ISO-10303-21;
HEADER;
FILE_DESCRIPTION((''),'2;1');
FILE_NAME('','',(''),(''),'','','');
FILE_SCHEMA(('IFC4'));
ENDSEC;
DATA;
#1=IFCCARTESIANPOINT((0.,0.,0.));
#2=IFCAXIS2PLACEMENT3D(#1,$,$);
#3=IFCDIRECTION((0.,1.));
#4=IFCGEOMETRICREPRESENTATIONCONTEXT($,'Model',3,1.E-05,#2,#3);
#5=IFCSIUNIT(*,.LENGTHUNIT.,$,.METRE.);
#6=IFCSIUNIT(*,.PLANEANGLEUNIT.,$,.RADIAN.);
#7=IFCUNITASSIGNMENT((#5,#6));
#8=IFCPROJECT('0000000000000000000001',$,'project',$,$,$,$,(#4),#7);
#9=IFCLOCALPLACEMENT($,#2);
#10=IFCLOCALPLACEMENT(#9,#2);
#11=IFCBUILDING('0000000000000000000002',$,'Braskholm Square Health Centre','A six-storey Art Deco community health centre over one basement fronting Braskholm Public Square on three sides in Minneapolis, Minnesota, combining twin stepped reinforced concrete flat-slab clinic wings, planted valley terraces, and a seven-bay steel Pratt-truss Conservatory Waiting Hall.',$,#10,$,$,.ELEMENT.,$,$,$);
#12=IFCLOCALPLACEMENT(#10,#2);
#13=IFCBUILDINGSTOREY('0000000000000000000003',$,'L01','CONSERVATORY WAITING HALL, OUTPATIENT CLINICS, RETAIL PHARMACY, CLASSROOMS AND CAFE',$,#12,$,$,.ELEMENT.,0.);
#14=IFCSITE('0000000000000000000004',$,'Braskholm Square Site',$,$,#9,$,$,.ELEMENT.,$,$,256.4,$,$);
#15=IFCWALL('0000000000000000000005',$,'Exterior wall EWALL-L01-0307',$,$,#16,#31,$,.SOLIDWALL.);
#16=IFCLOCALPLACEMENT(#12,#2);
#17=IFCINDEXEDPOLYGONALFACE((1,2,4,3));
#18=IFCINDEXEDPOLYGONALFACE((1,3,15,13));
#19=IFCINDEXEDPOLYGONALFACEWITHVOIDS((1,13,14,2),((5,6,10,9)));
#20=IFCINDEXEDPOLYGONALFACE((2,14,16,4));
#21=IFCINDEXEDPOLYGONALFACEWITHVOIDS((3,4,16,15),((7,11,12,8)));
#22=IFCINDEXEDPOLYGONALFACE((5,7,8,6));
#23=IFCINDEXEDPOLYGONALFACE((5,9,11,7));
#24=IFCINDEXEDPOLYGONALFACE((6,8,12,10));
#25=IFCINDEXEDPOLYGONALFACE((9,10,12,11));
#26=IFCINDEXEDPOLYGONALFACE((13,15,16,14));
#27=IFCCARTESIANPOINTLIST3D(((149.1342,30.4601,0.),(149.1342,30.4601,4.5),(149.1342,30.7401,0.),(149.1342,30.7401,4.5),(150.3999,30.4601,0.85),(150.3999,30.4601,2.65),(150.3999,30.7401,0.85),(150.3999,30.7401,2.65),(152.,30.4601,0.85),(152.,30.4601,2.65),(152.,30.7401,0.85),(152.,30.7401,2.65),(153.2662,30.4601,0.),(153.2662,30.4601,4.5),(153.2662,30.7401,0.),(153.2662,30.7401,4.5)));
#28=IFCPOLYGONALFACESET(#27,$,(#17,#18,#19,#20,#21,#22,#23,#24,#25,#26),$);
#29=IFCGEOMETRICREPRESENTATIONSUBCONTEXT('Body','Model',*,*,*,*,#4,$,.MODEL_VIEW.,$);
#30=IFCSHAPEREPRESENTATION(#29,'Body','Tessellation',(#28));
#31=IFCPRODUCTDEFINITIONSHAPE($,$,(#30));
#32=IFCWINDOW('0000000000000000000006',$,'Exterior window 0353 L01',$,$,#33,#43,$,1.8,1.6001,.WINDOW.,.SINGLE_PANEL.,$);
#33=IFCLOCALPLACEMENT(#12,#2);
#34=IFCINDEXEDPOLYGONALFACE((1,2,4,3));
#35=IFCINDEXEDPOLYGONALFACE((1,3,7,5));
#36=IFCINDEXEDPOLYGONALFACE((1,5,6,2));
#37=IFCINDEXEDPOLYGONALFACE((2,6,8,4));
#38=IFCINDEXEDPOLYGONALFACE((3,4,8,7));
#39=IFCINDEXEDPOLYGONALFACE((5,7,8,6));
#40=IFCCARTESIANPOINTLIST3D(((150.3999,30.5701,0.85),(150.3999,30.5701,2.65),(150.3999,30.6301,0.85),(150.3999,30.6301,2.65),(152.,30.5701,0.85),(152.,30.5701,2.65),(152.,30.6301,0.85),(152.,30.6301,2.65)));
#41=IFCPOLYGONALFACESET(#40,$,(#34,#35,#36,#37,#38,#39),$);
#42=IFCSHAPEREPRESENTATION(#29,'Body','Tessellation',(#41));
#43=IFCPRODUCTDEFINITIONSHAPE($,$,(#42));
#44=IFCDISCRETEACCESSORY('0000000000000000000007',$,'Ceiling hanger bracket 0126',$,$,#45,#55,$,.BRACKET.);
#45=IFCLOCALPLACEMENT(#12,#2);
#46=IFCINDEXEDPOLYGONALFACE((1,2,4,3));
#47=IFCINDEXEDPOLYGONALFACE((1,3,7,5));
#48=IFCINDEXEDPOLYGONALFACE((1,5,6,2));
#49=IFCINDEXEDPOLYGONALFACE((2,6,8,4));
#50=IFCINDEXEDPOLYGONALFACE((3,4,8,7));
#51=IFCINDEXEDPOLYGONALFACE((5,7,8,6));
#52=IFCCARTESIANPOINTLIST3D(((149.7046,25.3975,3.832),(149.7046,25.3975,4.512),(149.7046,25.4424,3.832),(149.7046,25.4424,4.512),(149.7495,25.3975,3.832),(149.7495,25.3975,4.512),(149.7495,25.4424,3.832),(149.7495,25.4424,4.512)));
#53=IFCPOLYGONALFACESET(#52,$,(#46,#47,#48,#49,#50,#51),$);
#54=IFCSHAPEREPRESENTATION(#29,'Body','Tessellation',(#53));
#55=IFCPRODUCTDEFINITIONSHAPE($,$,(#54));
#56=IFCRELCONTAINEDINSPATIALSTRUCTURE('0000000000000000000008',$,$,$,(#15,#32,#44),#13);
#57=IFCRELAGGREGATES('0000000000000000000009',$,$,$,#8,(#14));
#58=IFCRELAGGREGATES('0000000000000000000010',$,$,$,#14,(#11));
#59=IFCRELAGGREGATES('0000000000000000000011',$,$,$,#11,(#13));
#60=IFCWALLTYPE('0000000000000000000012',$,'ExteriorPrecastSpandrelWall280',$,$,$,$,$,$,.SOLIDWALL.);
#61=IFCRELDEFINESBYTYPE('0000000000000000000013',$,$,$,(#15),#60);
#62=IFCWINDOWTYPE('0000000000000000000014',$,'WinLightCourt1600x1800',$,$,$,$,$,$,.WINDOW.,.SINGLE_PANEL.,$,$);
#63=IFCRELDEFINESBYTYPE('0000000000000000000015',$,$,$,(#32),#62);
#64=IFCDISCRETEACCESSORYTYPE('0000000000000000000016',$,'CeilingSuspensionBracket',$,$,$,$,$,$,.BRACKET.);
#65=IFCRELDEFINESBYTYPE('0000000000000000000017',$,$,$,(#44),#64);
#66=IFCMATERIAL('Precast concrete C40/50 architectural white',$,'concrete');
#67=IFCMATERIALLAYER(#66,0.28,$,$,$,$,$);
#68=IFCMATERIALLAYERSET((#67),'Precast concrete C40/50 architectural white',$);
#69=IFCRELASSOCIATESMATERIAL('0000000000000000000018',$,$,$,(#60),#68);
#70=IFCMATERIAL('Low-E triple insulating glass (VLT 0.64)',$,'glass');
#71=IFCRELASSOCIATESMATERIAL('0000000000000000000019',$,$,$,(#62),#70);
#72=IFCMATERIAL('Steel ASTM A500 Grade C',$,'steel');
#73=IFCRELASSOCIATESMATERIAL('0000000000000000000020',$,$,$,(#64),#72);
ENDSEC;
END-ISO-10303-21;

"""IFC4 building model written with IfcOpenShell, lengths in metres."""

from ifc_helpers import new_model, si_unit, direction, frame, frame_2d, origin, origin_with_axes, origin_2d, place, context, subcontext, project, spatial, rectangle, extrude, material, layer, layer_set, type_object, element, fill, save


model = new_model("IFC4")

# Units and contexts
model_context = context("Model", 3, precision=1e-05, world=origin(), true_north=direction((0.0, 1.0)))
body_context = subcontext(model_context, "Body", "Model", "MODEL_VIEW")
ifc_project = project(units=[si_unit("LENGTHUNIT", "METRE"), si_unit("PLANEANGLEUNIT", "RADIAN")], contexts=[model_context])

# Site, building, storey
site_placement = place(None, origin())
site = spatial("IfcSite", under=ifc_project, at=site_placement, Name="Braskholm Square Site", CompositionType="ELEMENT", RefElevation=256.4)
building_placement = place(site_placement, origin())
building = spatial("IfcBuilding", under=site, at=building_placement, Name="Braskholm Square Health Centre", Description="A six-storey Art Deco community health centre over one basement fronting Braskholm Public Square on three sides in Minneapolis, Minnesota, combining twin stepped reinforced concrete flat-slab clinic wings, planted valley terraces, and a seven-bay steel Pratt-truss Conservatory Waiting Hall.", CompositionType="ELEMENT")
storey_placement = place(building_placement, origin())
storey = spatial("IfcBuildingStorey", under=building, at=storey_placement, Name="L01", Description="CONSERVATORY WAITING HALL, OUTPATIENT CLINICS, RETAIL PHARMACY, CLASSROOMS AND CAFE", CompositionType="ELEMENT", Elevation=0.0)

# Shared definitions
ifc_material_1 = material(Name="Precast concrete C40/50 architectural white", Category="concrete")

# Shared definitions
ifc_material_2 = material(Name="Low-E triple insulating glass (VLT 0.64)", Category="glass")

# Wall, opening, window
ifc_layer_1 = layer(ifc_material_1, 0.28)
ifc_layer_set_1 = layer_set([ifc_layer_1], Name="Precast concrete C40/50 architectural white")
wall_type_1 = type_object("IfcWallType", Name="ExteriorPrecastSpandrelWall280", PredefinedType="SOLIDWALL", material=ifc_layer_set_1)
wall_1_placement = place(storey_placement, frame((153.2661, 30.6001, 0.0), z_axis=(0.0, 0.0, 1.0), x_axis=(-1.0, 0.0, 0.0)))
wall_1 = element("IfcWall", 1, at=wall_1_placement, inside=storey, type_object=wall_type_1, Name="Exterior wall EWALL-L01-0307", PredefinedType="SOLIDWALL", context=body_context, shape_type="SweptSolid", body=[
    extrude(rectangle(XDim=4.1321, YDim=0.28, at=frame_2d((2.0659, 0.0))), origin(), (0.0, 0.0, 1.0), 4.5),
])
opening_1_placement = place(wall_1_placement, frame((1.2661, 0.0, 0.8501)))
opening_1 = element("IfcOpeningElement", 2, at=opening_1_placement, cuts=wall_1, PredefinedType="OPENING", context=body_context, shape_type="SweptSolid", body=[
    extrude(rectangle(XDim=1.6001, YDim=1.8, at=frame_2d((0.8, 0.8999))), frame((0.0, 0.1499, 0.0), z_axis=(0.0, -1.0, 0.0), x_axis=(1.0, 0.0, 0.0)), (0.0, 0.0, 1.0), 0.3),
])
window_type = type_object("IfcWindowType", Name="WinLightCourt1600x1800", PartitioningType="SINGLE_PANEL", PredefinedType="WINDOW", material=ifc_material_2)
window_placement = place(opening_1_placement, origin_with_axes())
window = element("IfcWindow", 3, at=window_placement, inside=storey, type_object=window_type, Name="Exterior window 0353 L01", OverallHeight=1.8, OverallWidth=1.6001, PartitioningType="SINGLE_PANEL", PredefinedType="WINDOW", context=body_context, shape_type="SweptSolid", body=[
    extrude(rectangle(XDim=1.6001, YDim=1.8, at=frame_2d((0.8, 0.8999))), frame((0.0, 0.03, 0.0), z_axis=(0.0, -1.0, 0.0), x_axis=(1.0, 0.0, 0.0)), (0.0, 0.0, 1.0), 0.0601),
])
fill(opening_1, window)

# Discrete accessory
ifc_material_3 = material(Name="Steel ASTM A500 Grade C", Category="steel")
discrete_accessory_type = type_object("IfcDiscreteAccessoryType", Name="CeilingSuspensionBracket", PredefinedType="BRACKET", material=ifc_material_3)
discrete_accessory_placement = place(storey_placement, frame((149.7271, 25.4199, 3.832), z_axis=(0.0, 0.0, 1.0), x_axis=(1.0, 0.0, 0.0)))
element("IfcDiscreteAccessory", 4, at=discrete_accessory_placement, inside=storey, type_object=discrete_accessory_type, Name="Ceiling hanger bracket 0126", PredefinedType="BRACKET", context=body_context, shape_type="SweptSolid", body=[
    extrude(rectangle(XDim=0.0449, YDim=0.0449, at=origin_2d()), origin(), (0.0, 0.0, 1.0), 0.6799),
])

save(model, "model.ifc")
